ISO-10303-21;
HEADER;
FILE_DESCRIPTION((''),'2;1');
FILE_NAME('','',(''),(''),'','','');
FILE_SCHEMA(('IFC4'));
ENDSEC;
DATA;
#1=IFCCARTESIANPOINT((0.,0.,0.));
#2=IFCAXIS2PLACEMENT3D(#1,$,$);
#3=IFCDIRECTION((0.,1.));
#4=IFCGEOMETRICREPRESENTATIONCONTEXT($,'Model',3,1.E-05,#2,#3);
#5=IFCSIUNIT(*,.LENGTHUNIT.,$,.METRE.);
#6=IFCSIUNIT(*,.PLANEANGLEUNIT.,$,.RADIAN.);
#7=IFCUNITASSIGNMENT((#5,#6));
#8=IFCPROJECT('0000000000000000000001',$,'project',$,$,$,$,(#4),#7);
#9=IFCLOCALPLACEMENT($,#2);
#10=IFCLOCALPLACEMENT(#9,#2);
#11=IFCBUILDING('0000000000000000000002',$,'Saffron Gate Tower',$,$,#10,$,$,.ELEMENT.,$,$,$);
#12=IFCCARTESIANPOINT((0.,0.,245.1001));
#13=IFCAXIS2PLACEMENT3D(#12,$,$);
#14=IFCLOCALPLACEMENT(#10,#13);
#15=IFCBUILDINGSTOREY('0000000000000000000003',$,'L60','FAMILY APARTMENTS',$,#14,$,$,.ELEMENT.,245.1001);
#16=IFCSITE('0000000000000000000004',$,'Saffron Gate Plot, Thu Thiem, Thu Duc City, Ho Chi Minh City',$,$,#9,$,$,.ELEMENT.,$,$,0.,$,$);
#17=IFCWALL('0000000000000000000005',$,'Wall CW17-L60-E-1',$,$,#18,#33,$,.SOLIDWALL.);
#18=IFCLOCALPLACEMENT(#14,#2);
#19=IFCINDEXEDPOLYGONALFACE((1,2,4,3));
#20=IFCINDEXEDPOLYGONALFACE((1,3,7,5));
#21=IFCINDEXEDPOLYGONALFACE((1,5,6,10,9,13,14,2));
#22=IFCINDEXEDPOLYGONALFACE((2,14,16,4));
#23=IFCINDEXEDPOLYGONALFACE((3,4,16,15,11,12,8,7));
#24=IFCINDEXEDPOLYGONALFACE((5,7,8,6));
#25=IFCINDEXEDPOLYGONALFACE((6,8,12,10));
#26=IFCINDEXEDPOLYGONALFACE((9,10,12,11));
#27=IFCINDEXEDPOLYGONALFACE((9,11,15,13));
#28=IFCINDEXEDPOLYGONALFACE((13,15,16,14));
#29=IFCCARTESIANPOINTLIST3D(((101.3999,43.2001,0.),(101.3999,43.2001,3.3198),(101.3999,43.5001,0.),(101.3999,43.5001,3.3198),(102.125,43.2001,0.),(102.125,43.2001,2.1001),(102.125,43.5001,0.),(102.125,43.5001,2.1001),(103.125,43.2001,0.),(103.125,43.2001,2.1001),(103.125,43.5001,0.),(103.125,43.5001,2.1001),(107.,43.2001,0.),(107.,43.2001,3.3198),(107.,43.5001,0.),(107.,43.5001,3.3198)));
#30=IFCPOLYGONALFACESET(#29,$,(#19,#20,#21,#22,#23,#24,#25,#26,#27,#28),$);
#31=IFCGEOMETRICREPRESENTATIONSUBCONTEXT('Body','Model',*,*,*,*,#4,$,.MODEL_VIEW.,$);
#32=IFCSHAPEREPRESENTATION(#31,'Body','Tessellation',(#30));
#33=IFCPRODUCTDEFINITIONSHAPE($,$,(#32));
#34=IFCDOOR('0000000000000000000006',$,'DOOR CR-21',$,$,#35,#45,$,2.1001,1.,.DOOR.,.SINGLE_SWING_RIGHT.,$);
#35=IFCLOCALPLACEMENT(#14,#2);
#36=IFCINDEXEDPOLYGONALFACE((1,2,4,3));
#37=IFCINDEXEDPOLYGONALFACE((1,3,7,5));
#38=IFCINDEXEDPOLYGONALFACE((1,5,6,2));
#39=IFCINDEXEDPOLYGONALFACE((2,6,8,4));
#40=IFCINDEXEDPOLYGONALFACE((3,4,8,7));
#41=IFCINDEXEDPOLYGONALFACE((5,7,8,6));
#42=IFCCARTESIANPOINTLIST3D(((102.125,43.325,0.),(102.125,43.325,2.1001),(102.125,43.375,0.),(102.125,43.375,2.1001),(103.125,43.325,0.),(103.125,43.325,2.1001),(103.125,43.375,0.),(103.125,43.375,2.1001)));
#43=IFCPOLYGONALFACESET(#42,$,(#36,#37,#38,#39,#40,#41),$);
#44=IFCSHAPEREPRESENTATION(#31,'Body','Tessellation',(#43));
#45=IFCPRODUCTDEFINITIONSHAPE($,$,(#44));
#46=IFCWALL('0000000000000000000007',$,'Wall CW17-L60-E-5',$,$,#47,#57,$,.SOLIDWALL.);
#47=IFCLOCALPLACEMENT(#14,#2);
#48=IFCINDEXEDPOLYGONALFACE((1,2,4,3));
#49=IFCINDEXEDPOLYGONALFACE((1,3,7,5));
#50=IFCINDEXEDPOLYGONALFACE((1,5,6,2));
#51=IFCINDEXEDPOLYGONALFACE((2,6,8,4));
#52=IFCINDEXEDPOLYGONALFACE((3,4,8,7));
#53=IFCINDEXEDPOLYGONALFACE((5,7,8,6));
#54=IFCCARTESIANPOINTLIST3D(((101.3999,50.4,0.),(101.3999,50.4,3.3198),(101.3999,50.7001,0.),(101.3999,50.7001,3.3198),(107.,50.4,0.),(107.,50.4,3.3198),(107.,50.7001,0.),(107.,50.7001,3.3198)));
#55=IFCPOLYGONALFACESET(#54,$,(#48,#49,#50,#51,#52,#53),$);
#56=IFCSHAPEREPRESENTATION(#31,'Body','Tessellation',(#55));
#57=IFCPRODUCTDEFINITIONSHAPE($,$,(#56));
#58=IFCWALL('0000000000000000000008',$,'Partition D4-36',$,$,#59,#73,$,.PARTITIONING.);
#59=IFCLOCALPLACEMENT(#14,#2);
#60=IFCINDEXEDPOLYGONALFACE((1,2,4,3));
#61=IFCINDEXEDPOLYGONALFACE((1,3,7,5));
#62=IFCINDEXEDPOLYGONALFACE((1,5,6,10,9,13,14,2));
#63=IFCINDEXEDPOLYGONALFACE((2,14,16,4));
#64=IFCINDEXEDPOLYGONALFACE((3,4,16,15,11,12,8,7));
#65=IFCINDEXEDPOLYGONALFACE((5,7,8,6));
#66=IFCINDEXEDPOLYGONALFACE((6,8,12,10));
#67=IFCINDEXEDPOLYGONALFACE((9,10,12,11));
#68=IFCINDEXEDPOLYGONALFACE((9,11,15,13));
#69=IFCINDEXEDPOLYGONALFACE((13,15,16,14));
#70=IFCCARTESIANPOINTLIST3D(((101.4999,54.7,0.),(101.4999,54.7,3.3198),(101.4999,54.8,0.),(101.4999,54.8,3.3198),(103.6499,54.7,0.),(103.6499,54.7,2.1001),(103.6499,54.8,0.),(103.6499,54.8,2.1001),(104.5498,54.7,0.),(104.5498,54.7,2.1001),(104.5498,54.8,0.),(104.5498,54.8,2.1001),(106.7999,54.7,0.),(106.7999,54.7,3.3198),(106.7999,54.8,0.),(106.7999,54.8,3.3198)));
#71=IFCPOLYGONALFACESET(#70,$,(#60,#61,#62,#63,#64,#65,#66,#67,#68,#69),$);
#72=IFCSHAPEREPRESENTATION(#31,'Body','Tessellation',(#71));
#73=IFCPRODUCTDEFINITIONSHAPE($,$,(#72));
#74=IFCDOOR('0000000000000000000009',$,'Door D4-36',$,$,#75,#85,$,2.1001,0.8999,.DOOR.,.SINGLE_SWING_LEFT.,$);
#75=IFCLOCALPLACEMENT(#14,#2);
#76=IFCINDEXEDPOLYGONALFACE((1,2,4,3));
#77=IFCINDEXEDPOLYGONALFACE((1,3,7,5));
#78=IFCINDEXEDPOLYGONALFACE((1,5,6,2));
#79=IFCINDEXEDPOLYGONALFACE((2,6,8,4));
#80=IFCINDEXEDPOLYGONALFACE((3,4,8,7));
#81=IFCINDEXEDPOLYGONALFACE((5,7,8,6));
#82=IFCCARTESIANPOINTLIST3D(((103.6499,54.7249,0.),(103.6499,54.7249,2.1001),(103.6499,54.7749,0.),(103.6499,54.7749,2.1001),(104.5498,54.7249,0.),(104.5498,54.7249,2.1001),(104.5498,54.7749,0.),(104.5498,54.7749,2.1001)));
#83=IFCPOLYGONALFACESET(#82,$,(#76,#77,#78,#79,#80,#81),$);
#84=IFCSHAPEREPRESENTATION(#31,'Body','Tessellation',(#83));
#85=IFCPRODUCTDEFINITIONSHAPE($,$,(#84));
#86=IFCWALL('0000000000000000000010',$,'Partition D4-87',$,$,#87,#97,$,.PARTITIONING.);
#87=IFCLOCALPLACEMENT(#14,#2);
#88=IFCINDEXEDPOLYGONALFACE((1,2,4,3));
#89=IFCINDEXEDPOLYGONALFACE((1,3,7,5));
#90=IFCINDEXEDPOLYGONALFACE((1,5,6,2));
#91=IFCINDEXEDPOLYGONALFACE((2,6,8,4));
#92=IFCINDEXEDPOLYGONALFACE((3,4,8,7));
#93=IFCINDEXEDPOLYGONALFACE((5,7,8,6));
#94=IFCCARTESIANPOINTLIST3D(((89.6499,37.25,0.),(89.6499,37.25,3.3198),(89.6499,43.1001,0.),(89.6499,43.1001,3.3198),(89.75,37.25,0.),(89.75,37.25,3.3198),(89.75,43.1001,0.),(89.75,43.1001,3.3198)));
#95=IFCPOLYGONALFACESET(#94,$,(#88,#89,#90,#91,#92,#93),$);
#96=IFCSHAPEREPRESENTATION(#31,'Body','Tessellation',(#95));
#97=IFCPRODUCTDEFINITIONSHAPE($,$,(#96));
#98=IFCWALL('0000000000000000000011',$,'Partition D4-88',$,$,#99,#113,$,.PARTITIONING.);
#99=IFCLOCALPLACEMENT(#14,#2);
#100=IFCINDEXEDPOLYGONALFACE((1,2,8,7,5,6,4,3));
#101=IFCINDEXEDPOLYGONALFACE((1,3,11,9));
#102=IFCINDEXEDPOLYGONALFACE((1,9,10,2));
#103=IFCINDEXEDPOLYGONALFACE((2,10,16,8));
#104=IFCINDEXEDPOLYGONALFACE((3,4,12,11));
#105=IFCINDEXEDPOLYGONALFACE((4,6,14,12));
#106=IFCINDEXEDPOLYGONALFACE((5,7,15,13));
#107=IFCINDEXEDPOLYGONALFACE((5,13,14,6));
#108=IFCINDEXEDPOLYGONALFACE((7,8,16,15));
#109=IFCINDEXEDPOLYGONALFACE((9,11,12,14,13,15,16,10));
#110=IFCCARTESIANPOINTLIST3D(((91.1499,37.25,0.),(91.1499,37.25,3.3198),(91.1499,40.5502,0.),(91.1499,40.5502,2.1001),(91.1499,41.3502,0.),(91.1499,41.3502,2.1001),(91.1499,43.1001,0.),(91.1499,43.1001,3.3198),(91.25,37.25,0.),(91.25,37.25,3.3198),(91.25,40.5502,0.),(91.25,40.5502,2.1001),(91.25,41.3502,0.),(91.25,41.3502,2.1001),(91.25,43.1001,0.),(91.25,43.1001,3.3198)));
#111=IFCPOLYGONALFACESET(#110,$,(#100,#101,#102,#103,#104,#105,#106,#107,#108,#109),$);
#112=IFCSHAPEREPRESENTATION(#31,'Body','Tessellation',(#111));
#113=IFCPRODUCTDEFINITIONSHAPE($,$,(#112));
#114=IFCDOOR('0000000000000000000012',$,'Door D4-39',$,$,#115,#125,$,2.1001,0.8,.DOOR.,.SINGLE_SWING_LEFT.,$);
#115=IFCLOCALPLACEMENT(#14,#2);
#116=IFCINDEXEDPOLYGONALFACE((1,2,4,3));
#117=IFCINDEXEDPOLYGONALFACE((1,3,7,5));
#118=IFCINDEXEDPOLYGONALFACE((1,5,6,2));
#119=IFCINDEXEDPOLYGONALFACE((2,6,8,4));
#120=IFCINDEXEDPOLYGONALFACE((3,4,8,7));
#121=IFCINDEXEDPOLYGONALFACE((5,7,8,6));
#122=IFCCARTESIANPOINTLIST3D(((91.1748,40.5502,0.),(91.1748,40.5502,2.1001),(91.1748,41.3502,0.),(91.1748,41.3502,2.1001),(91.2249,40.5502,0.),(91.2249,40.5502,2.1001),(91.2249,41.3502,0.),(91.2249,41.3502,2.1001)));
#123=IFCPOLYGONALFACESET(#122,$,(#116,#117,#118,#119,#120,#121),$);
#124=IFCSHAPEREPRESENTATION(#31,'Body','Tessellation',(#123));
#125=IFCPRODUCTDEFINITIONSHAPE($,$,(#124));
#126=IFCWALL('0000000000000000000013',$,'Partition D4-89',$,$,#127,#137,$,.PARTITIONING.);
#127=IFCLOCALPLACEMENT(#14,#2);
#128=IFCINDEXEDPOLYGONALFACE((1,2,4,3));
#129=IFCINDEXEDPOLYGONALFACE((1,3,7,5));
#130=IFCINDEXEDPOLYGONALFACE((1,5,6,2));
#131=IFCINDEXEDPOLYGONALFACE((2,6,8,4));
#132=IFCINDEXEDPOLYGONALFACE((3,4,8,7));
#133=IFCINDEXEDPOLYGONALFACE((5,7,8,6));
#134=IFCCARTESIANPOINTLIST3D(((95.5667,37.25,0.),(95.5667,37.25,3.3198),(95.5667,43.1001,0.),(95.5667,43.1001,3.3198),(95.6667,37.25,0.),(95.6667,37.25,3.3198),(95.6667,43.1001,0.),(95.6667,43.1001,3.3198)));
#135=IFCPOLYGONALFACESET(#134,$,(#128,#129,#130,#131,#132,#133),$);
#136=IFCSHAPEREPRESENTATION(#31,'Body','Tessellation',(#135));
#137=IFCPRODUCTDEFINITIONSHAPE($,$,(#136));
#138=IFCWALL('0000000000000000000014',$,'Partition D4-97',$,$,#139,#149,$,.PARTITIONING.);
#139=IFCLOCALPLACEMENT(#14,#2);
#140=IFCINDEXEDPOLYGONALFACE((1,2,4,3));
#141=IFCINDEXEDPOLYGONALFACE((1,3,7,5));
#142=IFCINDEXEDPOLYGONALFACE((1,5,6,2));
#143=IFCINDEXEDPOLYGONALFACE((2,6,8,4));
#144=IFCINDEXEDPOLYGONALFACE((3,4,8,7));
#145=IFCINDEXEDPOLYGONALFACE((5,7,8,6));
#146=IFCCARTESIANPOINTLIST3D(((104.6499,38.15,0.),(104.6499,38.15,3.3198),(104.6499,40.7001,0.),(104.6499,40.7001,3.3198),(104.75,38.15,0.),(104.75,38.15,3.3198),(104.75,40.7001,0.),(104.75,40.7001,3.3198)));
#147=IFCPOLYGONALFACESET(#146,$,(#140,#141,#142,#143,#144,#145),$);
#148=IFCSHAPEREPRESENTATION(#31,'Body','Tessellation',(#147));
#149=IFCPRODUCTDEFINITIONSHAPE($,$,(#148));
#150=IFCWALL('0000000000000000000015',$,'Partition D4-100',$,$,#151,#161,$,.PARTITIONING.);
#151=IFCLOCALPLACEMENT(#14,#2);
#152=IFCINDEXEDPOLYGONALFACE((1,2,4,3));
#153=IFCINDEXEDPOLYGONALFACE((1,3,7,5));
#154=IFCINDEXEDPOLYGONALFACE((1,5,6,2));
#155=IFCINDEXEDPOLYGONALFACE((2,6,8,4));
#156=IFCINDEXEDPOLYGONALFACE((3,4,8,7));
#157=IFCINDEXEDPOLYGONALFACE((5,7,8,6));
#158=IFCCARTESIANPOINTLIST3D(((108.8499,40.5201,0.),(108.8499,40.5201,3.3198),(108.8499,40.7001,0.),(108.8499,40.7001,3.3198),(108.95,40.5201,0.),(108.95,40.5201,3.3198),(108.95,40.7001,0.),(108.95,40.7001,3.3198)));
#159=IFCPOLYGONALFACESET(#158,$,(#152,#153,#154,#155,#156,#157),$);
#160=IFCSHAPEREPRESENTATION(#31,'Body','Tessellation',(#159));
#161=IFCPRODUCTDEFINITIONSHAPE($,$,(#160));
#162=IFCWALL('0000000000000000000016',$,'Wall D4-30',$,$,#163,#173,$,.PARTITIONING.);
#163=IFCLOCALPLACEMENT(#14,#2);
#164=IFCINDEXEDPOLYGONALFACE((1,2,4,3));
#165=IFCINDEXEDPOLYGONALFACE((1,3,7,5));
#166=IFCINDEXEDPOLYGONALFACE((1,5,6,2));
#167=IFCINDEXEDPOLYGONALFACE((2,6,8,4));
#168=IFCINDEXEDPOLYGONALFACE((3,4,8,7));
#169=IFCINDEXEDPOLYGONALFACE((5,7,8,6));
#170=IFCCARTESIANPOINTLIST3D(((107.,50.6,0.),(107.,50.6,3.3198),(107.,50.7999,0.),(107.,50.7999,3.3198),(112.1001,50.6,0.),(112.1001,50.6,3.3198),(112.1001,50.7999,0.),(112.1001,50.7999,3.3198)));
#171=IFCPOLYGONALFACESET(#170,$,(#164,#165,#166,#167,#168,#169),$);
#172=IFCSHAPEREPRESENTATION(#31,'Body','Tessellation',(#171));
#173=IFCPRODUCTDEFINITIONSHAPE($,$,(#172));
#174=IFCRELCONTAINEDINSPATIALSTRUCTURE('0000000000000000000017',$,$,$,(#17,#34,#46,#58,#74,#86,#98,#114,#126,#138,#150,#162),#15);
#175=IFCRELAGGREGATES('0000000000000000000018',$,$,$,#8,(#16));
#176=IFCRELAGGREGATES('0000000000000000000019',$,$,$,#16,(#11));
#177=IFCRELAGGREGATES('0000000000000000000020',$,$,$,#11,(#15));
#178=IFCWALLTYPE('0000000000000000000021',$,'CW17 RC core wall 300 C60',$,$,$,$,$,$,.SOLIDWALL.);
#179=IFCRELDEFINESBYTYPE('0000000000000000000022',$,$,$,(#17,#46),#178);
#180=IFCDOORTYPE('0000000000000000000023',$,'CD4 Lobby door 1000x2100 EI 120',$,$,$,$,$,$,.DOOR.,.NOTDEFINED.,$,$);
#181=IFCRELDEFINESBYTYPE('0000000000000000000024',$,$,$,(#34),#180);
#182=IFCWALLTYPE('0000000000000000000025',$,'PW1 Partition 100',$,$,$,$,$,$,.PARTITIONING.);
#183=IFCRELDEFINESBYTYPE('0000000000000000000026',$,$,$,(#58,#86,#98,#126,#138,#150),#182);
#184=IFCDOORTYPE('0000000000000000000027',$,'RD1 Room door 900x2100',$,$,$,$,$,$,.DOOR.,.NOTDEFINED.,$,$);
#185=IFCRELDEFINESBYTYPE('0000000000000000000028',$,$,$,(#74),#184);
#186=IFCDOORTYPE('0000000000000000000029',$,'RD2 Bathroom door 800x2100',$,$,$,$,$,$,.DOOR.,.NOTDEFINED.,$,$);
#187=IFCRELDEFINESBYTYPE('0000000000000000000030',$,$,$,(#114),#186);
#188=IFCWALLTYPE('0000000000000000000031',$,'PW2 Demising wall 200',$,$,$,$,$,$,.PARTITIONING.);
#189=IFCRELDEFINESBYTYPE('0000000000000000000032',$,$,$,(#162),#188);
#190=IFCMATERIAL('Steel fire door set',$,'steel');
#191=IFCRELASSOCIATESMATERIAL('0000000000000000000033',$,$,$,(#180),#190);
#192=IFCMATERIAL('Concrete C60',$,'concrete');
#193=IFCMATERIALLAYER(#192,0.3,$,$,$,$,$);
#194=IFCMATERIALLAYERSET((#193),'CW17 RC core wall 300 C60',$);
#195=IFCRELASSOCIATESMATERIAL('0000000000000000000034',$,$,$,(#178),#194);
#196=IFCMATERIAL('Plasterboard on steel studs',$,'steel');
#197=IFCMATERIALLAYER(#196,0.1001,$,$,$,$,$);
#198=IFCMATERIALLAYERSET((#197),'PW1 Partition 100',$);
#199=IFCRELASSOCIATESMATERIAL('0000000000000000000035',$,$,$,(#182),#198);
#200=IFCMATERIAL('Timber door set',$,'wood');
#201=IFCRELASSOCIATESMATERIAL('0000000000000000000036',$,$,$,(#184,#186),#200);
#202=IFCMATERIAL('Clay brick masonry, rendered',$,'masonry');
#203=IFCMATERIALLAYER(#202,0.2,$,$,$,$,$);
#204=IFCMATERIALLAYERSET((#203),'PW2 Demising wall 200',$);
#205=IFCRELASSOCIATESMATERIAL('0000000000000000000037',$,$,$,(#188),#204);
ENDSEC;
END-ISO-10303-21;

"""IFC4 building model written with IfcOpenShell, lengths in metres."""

from ifc_helpers import new_model, si_unit, direction, frame, frame_2d, origin, place, context, subcontext, project, spatial, rectangle, extrude, material, layer, layer_set, type_object, element, fill, save


model = new_model("IFC4")

# Units and contexts
model_context = context("Model", 3, precision=1e-05, world=origin(), true_north=direction((0.0, 1.0)))
body_context = subcontext(model_context, "Body", "Model", "MODEL_VIEW")
ifc_project = project(units=[si_unit("LENGTHUNIT", "METRE"), si_unit("PLANEANGLEUNIT", "RADIAN")], contexts=[model_context])

# Site, building, storey
site_placement = place(None, origin())
site = spatial("IfcSite", under=ifc_project, at=site_placement, Name="Saffron Gate Plot, Thu Thiem, Thu Duc City, Ho Chi Minh City", CompositionType="ELEMENT", RefElevation=0.0)
building_placement = place(site_placement, origin())
building = spatial("IfcBuilding", under=site, at=building_placement, Name="Saffron Gate Tower", CompositionType="ELEMENT")
storey_placement = place(building_placement, frame((0.0, 0.0, 245.1001)))
storey = spatial("IfcBuildingStorey", under=building, at=storey_placement, Name="L60", Description="FAMILY APARTMENTS", CompositionType="ELEMENT", Elevation=245.1001)

# Shared definitions
ifc_material_1 = material(Name="Steel fire door set", Category="steel")
door_type_1 = type_object("IfcDoorType", Name="CD4 Lobby door 1000x2100 EI 120", OperationType="NOTDEFINED", PredefinedType="DOOR", material=ifc_material_1)
ifc_material_2 = material(Name="Concrete C60", Category="concrete")

# Wall, opening, door
ifc_layer_1 = layer(ifc_material_2, 0.3)
ifc_layer_set_1 = layer_set([ifc_layer_1], Name="CW17 RC core wall 300 C60")
wall_type_1 = type_object("IfcWallType", Name="CW17 RC core wall 300 C60", PredefinedType="SOLIDWALL", material=ifc_layer_set_1)
wall_1_placement = place(storey_placement, frame((101.3999, 43.3501, 0.0), z_axis=(0.0, 0.0, 1.0), x_axis=(1.0, 0.0, 0.0)))
wall_1 = element("IfcWall", 1, at=wall_1_placement, inside=storey, type_object=wall_type_1, Name="Wall CW17-L60-E-1", PredefinedType="SOLIDWALL", context=body_context, shape_type="SweptSolid", body=[
    extrude(rectangle(XDim=5.6001, YDim=0.3, at=frame_2d((2.8, 0.0))), origin(), (0.0, 0.0, 1.0), 3.3198),
])
opening_1_placement = place(wall_1_placement, frame((0.7251, 0.0, 0.0)))
opening_1 = element("IfcOpeningElement", 2, at=opening_1_placement, cuts=wall_1, PredefinedType="OPENING", context=body_context, shape_type="SweptSolid", body=[
    extrude(rectangle(XDim=1.0, YDim=2.1001, at=frame_2d((0.5, 1.05))), frame((0.0, 0.1602, 0.0), z_axis=(0.0, -1.0, 0.0), x_axis=(1.0, 0.0, 0.0)), (0.0, 0.0, 1.0), 0.3201),
])
door_1_placement = place(opening_1_placement, origin())
door_1 = element("IfcDoor", 3, at=door_1_placement, inside=storey, type_object=door_type_1, Name="DOOR CR-21", OperationType="SINGLE_SWING_RIGHT", OverallHeight=2.1001, OverallWidth=1.0, PredefinedType="DOOR", context=body_context, shape_type="SweptSolid", body=[
    extrude(rectangle(XDim=1.0, YDim=2.1001, at=frame_2d((0.5, 1.05))), frame((0.0, 0.0249, 0.0), z_axis=(0.0, -1.0, 0.0), x_axis=(1.0, 0.0, 0.0)), (0.0, 0.0, 1.0), 0.05),
])
fill(opening_1, door_1)

# Wall
wall_2_placement = place(storey_placement, frame((101.3999, 50.55, 0.0), z_axis=(0.0, 0.0, 1.0), x_axis=(1.0, 0.0, 0.0)))
element("IfcWall", 4, at=wall_2_placement, inside=storey, type_object=wall_type_1, Name="Wall CW17-L60-E-5", PredefinedType="SOLIDWALL", context=body_context, shape_type="SweptSolid", body=[
    extrude(rectangle(XDim=5.6001, YDim=0.3, at=frame_2d((2.8, 0.0))), origin(), (0.0, 0.0, 1.0), 3.3198),
])

# Wall, opening, door
ifc_material_3 = material(Name="Plasterboard on steel studs", Category="steel")
ifc_layer_2 = layer(ifc_material_3, 0.1001)
ifc_layer_set_2 = layer_set([ifc_layer_2], Name="PW1 Partition 100")
wall_type_2 = type_object("IfcWallType", Name="PW1 Partition 100", PredefinedType="PARTITIONING", material=ifc_layer_set_2)
wall_3_placement = place(storey_placement, frame((101.5, 54.75, 0.0), z_axis=(0.0, 0.0, 1.0), x_axis=(1.0, 0.0, 0.0)))
wall_3 = element("IfcWall", 5, at=wall_3_placement, inside=storey, type_object=wall_type_2, Name="Partition D4-36", PredefinedType="PARTITIONING", context=body_context, shape_type="SweptSolid", body=[
    extrude(rectangle(XDim=5.3, YDim=0.1001, at=frame_2d((2.6499, 0.0))), origin(), (0.0, 0.0, 1.0), 3.3198),
])
opening_2_placement = place(wall_3_placement, frame((2.1499, 0.0, 0.0)))
opening_2 = element("IfcOpeningElement", 6, at=opening_2_placement, cuts=wall_3, PredefinedType="OPENING", context=body_context, shape_type="SweptSolid", body=[
    extrude(rectangle(XDim=0.8999, YDim=2.1001, at=frame_2d((0.45, 1.05))), frame((0.0, 0.0601, 0.0), z_axis=(0.0, -1.0, 0.0), x_axis=(1.0, 0.0, 0.0)), (0.0, 0.0, 1.0), 0.1201),
])
ifc_material_4 = material(Name="Timber door set", Category="wood")
door_type_2 = type_object("IfcDoorType", Name="RD1 Room door 900x2100", OperationType="NOTDEFINED", PredefinedType="DOOR", material=ifc_material_4)
door_2_placement = place(opening_2_placement, origin())
door_2 = element("IfcDoor", 7, at=door_2_placement, inside=storey, type_object=door_type_2, Name="Door D4-36", OperationType="SINGLE_SWING_LEFT", OverallHeight=2.1001, OverallWidth=0.8999, PredefinedType="DOOR", context=body_context, shape_type="SweptSolid", body=[
    extrude(rectangle(XDim=0.8999, YDim=2.1001, at=frame_2d((0.45, 1.05))), frame((0.0, 0.0249, 0.0), z_axis=(0.0, -1.0, 0.0), x_axis=(1.0, 0.0, 0.0)), (0.0, 0.0, 1.0), 0.05),
])
fill(opening_2, door_2)

# Wall
wall_4_placement = place(storey_placement, frame((89.7, 43.1001, 0.0), z_axis=(0.0, 0.0, 1.0), x_axis=(0.0, -1.0, 0.0)))
element("IfcWall", 8, at=wall_4_placement, inside=storey, type_object=wall_type_2, Name="Partition D4-87", PredefinedType="PARTITIONING", context=body_context, shape_type="SweptSolid", body=[
    extrude(rectangle(XDim=5.8501, YDim=0.1001, at=frame_2d((2.925, 0.0))), origin(), (0.0, 0.0, 1.0), 3.3198),
])

# Wall, opening, door
wall_5_placement = place(storey_placement, frame((91.2, 43.1001, 0.0), z_axis=(0.0, 0.0, 1.0), x_axis=(0.0, -1.0, 0.0)))
wall_5 = element("IfcWall", 9, at=wall_5_placement, inside=storey, type_object=wall_type_2, Name="Partition D4-88", PredefinedType="PARTITIONING", context=body_context, shape_type="SweptSolid", body=[
    extrude(rectangle(XDim=5.8501, YDim=0.1001, at=frame_2d((2.925, 0.0))), origin(), (0.0, 0.0, 1.0), 3.3198),
])
opening_3_placement = place(wall_5_placement, frame((1.75, 0.0, 0.0)))
opening_3 = element("IfcOpeningElement", 10, at=opening_3_placement, cuts=wall_5, PredefinedType="OPENING", context=body_context, shape_type="SweptSolid", body=[
    extrude(rectangle(XDim=0.8, YDim=2.1001, at=frame_2d((0.3999, 1.05))), frame((0.0, 0.0601, 0.0), z_axis=(0.0, -1.0, 0.0), x_axis=(1.0, 0.0, 0.0)), (0.0, 0.0, 1.0), 0.1201),
])
door_type_3 = type_object("IfcDoorType", Name="RD2 Bathroom door 800x2100", OperationType="NOTDEFINED", PredefinedType="DOOR", material=ifc_material_4)
door_3_placement = place(opening_3_placement, origin())
door_3 = element("IfcDoor", 11, at=door_3_placement, inside=storey, type_object=door_type_3, Name="Door D4-39", OperationType="SINGLE_SWING_LEFT", OverallHeight=2.1001, OverallWidth=0.8, PredefinedType="DOOR", context=body_context, shape_type="SweptSolid", body=[
    extrude(rectangle(XDim=0.8, YDim=2.1001, at=frame_2d((0.3999, 1.05))), frame((0.0, 0.0249, 0.0), z_axis=(0.0, -1.0, 0.0), x_axis=(1.0, 0.0, 0.0)), (0.0, 0.0, 1.0), 0.05),
])
fill(opening_3, door_3)

# Walls
wall_6_placement = place(storey_placement, frame((95.6167, 43.1001, 0.0), z_axis=(0.0, 0.0, 1.0), x_axis=(0.0, -1.0, 0.0)))
element("IfcWall", 12, at=wall_6_placement, inside=storey, type_object=wall_type_2, Name="Partition D4-89", PredefinedType="PARTITIONING", context=body_context, shape_type="SweptSolid", body=[
    extrude(rectangle(XDim=5.8501, YDim=0.1001, at=frame_2d((2.925, 0.0))), origin(), (0.0, 0.0, 1.0), 3.3198),
])
wall_7_placement = place(storey_placement, frame((104.7, 40.7, 0.0), z_axis=(0.0, 0.0, 1.0), x_axis=(0.0, -1.0, 0.0)))
element("IfcWall", 13, at=wall_7_placement, inside=storey, type_object=wall_type_2, Name="Partition D4-97", PredefinedType="PARTITIONING", context=body_context, shape_type="SweptSolid", body=[
    extrude(rectangle(XDim=2.55, YDim=0.1001, at=frame_2d((1.2749, 0.0))), origin(), (0.0, 0.0, 1.0), 3.3198),
])
wall_8_placement = place(storey_placement, frame((108.8999, 40.7, 0.0), z_axis=(0.0, 0.0, 1.0), x_axis=(0.0, -1.0, 0.0)))
element("IfcWall", 14, at=wall_8_placement, inside=storey, type_object=wall_type_2, Name="Partition D4-100", PredefinedType="PARTITIONING", context=body_context, shape_type="SweptSolid", body=[
    extrude(rectangle(XDim=0.1799, YDim=0.1001, at=frame_2d((0.0898, 0.0))), origin(), (0.0, 0.0, 1.0), 3.3198),
])
ifc_material_5 = material(Name="Clay brick masonry, rendered", Category="masonry")
ifc_layer_3 = layer(ifc_material_5, 0.2)
ifc_layer_set_3 = layer_set([ifc_layer_3], Name="PW2 Demising wall 200")
wall_type_3 = type_object("IfcWallType", Name="PW2 Demising wall 200", PredefinedType="PARTITIONING", material=ifc_layer_set_3)
wall_9_placement = place(storey_placement, frame((107.0, 50.7, 0.0), z_axis=(0.0, 0.0, 1.0), x_axis=(1.0, 0.0, 0.0)))
element("IfcWall", 15, at=wall_9_placement, inside=storey, type_object=wall_type_3, Name="Wall D4-30", PredefinedType="PARTITIONING", context=body_context, shape_type="SweptSolid", body=[
    extrude(rectangle(XDim=5.1001, YDim=0.2, at=frame_2d((2.55, 0.0))), origin(), (0.0, 0.0, 1.0), 3.3198),
])

save(model, "model.ifc")
